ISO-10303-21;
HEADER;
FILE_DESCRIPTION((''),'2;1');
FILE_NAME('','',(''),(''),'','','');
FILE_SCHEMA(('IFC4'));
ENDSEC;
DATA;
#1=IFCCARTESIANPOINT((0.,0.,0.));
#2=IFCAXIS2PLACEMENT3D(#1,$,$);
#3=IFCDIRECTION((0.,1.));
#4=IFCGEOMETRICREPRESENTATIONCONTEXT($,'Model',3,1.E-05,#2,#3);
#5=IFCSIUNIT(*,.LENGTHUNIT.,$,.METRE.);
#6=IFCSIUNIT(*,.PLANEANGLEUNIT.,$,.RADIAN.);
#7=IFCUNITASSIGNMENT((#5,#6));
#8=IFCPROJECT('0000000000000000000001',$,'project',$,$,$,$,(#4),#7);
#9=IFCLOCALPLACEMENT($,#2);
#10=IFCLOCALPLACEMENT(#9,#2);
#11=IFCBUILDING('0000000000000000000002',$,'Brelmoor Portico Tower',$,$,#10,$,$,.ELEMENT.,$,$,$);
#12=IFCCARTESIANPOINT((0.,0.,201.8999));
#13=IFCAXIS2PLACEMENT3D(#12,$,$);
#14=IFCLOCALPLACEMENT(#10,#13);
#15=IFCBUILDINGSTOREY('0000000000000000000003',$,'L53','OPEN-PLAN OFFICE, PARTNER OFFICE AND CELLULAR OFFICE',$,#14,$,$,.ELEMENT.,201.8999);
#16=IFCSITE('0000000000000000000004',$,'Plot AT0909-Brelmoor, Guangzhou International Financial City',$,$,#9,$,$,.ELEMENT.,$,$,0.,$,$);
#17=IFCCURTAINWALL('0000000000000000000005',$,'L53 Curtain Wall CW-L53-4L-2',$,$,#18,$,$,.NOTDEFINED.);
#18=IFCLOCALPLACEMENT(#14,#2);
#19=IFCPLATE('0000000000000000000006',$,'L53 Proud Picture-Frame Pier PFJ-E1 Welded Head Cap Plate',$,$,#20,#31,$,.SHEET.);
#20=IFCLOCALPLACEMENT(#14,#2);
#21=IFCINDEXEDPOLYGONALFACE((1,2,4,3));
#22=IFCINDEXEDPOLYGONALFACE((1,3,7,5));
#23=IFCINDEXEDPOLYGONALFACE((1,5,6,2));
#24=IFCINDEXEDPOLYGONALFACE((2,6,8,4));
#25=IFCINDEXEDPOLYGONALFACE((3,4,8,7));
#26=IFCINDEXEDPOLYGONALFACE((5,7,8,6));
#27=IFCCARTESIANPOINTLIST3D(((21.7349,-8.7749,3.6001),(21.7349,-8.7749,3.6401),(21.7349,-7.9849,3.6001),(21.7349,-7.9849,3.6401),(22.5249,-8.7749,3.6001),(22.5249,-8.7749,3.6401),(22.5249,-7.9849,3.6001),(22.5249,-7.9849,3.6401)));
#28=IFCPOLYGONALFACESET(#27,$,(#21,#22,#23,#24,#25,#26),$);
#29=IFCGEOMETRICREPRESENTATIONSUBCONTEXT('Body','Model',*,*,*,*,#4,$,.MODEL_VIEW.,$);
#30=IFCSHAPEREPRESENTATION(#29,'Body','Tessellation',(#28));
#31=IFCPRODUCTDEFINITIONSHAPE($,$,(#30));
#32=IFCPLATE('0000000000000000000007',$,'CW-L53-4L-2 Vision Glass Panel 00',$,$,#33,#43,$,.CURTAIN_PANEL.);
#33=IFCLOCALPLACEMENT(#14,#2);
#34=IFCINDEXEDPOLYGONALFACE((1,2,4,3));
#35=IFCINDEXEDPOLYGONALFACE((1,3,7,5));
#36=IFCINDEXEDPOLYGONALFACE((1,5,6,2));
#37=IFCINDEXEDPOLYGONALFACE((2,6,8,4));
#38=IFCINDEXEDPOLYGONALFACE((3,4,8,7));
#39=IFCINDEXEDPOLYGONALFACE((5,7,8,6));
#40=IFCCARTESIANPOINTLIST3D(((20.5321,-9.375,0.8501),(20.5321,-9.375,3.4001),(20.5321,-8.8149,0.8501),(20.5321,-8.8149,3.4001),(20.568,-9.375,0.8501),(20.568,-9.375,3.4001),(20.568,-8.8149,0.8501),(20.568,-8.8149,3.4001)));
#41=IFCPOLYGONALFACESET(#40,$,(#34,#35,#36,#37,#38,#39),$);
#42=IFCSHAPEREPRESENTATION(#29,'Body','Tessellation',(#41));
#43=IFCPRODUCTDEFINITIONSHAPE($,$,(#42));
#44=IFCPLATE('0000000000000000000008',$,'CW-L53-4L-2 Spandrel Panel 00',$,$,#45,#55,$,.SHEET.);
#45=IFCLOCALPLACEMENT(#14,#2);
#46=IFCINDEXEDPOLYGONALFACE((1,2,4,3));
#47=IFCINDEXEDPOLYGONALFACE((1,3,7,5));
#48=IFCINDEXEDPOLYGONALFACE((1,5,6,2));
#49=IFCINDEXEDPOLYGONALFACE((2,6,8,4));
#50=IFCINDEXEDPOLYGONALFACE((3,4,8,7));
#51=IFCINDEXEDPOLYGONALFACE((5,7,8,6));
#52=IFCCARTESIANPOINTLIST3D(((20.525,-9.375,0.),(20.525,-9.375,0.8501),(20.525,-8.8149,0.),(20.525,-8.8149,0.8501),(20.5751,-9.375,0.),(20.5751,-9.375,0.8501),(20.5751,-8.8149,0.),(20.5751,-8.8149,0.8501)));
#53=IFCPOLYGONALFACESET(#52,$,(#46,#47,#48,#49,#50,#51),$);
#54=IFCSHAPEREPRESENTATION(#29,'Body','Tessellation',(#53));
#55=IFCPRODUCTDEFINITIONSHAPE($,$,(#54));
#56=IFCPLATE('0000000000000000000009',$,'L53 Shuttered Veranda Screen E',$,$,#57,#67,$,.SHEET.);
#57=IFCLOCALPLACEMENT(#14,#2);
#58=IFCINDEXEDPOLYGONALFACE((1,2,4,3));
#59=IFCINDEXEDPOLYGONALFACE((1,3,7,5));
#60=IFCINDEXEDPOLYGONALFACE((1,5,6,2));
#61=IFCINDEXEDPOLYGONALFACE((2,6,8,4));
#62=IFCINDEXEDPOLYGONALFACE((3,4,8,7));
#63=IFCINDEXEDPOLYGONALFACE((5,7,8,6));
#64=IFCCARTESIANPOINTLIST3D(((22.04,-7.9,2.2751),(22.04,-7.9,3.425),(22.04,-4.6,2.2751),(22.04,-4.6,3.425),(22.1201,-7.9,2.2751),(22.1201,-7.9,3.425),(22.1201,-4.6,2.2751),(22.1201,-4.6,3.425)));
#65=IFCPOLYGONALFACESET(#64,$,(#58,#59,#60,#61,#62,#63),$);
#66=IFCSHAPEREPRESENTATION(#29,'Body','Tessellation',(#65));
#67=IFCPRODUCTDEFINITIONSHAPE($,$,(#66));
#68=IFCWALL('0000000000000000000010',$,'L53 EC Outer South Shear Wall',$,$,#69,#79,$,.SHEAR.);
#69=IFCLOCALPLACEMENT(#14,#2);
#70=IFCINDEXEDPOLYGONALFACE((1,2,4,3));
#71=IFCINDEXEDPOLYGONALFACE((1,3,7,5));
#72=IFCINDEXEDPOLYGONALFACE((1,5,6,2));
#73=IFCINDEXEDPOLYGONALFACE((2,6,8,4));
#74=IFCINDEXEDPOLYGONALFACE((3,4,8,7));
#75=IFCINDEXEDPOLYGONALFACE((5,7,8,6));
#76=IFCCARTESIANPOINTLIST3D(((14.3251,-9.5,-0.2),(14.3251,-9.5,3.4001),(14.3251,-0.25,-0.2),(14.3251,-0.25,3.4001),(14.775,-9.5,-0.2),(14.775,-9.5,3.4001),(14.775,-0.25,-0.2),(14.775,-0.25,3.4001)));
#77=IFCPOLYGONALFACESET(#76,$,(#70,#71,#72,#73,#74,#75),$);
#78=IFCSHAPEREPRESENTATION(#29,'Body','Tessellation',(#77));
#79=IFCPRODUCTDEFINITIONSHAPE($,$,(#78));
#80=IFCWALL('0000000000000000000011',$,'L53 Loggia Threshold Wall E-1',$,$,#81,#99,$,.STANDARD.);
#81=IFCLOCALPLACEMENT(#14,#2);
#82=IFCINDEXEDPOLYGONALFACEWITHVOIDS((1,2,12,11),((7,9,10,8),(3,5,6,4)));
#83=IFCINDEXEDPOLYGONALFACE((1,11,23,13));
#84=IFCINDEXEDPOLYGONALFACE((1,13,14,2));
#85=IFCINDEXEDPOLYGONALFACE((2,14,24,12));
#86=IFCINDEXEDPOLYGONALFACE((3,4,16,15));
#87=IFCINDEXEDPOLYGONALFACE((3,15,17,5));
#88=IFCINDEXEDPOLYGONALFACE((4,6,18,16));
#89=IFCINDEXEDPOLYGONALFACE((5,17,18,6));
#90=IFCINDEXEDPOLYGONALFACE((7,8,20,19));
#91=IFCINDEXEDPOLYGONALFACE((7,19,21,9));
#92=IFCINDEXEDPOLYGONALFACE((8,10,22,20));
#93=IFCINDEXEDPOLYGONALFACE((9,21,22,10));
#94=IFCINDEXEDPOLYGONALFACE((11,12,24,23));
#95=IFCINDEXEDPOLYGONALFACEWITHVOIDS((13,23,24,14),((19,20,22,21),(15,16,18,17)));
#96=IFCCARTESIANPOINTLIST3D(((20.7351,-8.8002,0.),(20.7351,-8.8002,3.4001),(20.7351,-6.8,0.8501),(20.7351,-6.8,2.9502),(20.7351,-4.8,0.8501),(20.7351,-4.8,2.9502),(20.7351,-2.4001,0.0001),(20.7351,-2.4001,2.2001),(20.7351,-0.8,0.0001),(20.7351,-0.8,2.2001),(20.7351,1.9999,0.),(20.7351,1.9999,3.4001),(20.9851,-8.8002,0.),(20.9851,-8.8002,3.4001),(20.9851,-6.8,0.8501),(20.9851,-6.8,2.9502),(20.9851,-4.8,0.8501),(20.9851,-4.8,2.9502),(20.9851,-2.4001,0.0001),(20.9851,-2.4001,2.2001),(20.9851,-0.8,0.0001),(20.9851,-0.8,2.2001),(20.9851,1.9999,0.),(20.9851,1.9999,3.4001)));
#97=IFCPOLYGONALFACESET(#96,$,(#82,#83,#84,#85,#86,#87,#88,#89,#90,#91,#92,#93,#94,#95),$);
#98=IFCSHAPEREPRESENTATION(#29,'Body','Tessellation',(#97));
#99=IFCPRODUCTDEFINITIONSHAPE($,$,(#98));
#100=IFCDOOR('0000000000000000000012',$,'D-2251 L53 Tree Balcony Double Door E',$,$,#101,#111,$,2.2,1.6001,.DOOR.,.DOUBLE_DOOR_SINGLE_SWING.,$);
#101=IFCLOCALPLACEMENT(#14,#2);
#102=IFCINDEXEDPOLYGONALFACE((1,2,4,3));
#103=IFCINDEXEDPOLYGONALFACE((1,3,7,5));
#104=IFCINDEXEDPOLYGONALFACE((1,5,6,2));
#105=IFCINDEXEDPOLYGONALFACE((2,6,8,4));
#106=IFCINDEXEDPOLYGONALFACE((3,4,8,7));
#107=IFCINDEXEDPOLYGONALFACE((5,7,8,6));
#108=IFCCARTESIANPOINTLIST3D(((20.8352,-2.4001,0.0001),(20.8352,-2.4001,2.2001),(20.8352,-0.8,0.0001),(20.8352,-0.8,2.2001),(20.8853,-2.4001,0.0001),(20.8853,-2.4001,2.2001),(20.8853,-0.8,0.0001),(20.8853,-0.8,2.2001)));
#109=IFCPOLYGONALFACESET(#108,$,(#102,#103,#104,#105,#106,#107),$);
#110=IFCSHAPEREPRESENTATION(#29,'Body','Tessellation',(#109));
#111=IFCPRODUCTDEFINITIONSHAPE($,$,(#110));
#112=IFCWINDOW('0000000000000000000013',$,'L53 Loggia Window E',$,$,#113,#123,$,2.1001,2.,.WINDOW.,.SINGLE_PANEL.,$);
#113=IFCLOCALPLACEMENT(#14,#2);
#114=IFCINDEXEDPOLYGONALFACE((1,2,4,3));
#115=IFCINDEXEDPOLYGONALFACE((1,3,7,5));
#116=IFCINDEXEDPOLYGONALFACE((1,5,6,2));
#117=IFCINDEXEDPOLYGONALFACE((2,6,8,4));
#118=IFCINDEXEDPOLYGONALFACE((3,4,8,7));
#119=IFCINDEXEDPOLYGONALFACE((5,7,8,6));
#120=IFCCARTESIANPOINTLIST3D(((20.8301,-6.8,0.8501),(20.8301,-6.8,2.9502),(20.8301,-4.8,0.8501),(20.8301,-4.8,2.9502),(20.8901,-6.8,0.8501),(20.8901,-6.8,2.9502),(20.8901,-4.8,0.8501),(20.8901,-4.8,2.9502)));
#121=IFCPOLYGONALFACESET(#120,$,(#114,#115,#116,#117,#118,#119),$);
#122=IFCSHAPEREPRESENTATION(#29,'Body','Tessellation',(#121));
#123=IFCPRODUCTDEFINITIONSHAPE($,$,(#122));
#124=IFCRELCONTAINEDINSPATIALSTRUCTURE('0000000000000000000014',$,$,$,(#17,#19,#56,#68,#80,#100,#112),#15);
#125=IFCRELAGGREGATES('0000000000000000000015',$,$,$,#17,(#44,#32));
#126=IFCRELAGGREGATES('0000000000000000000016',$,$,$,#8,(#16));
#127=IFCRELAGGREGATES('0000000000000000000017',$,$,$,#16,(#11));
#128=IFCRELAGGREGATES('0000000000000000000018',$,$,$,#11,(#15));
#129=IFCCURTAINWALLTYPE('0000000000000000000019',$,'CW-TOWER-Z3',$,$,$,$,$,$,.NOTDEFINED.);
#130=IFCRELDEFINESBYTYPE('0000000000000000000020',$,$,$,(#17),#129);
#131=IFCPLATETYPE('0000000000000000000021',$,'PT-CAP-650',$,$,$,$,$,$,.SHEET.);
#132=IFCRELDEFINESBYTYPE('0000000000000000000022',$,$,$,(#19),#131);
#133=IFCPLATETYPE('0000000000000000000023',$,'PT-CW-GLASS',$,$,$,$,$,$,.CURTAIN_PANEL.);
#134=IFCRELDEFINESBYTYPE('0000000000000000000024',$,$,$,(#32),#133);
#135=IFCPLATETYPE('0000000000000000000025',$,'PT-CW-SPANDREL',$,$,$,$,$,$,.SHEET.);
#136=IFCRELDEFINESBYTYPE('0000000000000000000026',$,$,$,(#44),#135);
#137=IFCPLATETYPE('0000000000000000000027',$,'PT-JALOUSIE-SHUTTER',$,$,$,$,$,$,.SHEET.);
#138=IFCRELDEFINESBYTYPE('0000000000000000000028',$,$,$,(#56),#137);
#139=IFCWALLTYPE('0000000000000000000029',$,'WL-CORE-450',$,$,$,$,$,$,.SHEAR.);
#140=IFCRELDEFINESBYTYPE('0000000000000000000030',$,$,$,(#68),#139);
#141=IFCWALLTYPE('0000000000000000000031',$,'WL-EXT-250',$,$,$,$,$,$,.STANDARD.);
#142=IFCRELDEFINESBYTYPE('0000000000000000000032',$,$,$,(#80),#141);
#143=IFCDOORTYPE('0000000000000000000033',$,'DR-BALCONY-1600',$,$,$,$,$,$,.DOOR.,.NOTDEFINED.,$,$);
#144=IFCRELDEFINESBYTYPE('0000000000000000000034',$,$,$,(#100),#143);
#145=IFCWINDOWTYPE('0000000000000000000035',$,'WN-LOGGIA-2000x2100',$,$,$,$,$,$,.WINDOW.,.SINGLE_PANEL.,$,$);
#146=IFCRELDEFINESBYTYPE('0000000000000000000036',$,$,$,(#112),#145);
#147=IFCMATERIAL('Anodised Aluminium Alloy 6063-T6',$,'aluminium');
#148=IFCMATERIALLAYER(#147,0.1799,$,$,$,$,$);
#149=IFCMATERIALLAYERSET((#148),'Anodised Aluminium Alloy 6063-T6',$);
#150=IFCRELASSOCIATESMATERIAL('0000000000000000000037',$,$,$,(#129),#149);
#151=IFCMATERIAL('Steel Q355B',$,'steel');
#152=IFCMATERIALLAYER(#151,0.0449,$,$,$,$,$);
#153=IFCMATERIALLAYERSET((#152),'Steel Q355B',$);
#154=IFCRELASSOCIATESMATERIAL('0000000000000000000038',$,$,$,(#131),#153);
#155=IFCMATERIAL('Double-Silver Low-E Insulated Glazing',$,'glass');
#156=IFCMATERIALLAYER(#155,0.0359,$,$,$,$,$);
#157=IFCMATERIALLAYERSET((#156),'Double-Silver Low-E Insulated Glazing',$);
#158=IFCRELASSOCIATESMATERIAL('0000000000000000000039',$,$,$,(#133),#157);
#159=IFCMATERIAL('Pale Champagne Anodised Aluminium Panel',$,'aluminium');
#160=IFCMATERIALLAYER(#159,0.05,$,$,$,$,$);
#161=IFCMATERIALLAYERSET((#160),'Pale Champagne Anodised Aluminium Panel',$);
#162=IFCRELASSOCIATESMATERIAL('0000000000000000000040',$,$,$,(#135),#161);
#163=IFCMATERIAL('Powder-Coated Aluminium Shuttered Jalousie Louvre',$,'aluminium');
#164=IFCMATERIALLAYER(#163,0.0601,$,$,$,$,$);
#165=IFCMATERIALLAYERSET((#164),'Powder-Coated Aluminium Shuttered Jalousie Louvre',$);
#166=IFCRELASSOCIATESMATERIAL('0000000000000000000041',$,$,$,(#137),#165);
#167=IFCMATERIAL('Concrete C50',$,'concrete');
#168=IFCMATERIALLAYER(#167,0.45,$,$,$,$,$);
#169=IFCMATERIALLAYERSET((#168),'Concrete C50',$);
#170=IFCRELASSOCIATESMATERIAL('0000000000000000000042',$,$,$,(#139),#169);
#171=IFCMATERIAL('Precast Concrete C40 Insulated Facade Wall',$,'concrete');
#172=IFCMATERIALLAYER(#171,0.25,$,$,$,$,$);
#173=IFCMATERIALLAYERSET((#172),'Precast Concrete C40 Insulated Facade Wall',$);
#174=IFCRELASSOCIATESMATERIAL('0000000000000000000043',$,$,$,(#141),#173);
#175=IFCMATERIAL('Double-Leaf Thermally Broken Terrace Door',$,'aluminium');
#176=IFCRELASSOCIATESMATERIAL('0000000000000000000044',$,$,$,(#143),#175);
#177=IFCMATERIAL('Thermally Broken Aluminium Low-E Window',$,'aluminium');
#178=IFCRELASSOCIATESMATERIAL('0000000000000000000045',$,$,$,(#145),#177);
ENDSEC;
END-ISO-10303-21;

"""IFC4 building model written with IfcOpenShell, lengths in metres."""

from ifc_helpers import new_model, si_unit, direction, frame, frame_2d, origin, origin_2d, place, context, subcontext, project, spatial, rectangle, extrude, material, layer, layer_set, type_object, element, fill, aggregate, save


model = new_model("IFC4")

# Units and contexts
model_context = context("Model", 3, precision=1e-05, world=origin(), true_north=direction((0.0, 1.0)))
body_context = subcontext(model_context, "Body", "Model", "MODEL_VIEW")
ifc_project = project(units=[si_unit("LENGTHUNIT", "METRE"), si_unit("PLANEANGLEUNIT", "RADIAN")], contexts=[model_context])

# Site, building, storey
site_placement = place(None, origin())
site = spatial("IfcSite", under=ifc_project, at=site_placement, Name="Plot AT0909-Brelmoor, Guangzhou International Financial City", CompositionType="ELEMENT", RefElevation=0.0)
building_placement = place(site_placement, origin())
building = spatial("IfcBuilding", under=site, at=building_placement, Name="Brelmoor Portico Tower", CompositionType="ELEMENT")
storey_placement = place(building_placement, frame((0.0, 0.0, 201.8999)))
storey = spatial("IfcBuildingStorey", under=building, at=storey_placement, Name="L53", Description="OPEN-PLAN OFFICE, PARTNER OFFICE AND CELLULAR OFFICE", CompositionType="ELEMENT", Elevation=201.8999)

# Shared definitions
ifc_material_1 = material(Name="Steel Q355B", Category="steel")

# Curtain wall
ifc_material_2 = material(Name="Anodised Aluminium Alloy 6063-T6", Category="aluminium")
ifc_layer_1 = layer(ifc_material_2, 0.1799)
ifc_layer_set_1 = layer_set([ifc_layer_1], Name="Anodised Aluminium Alloy 6063-T6")
curtain_wall_type = type_object("IfcCurtainWallType", Name="CW-TOWER-Z3", PredefinedType="NOTDEFINED", material=ifc_layer_set_1)
curtain_wall_placement = place(storey_placement, origin())
curtain_wall = element("IfcCurtainWall", 1, at=curtain_wall_placement, inside=storey, type_object=curtain_wall_type, Name="L53 Curtain Wall CW-L53-4L-2", PredefinedType="NOTDEFINED")

# Plates
ifc_layer_2 = layer(ifc_material_1, 0.0449)
ifc_layer_set_2 = layer_set([ifc_layer_2], Name="Steel Q355B")
plate_type_1 = type_object("IfcPlateType", Name="PT-CAP-650", PredefinedType="SHEET", material=ifc_layer_set_2)
plate_1_placement = place(storey_placement, frame((22.1299, -8.3799, 3.6001), z_axis=(0.0, 0.0, 1.0), x_axis=(0.0, 1.0, 0.0)))
element("IfcPlate", 2, at=plate_1_placement, inside=storey, type_object=plate_type_1, Name="L53 Proud Picture-Frame Pier PFJ-E1 Welded Head Cap Plate", PredefinedType="SHEET", context=body_context, shape_type="SweptSolid", body=[
    extrude(rectangle(XDim=0.79, YDim=0.79, at=origin_2d()), origin(), (0.0, 0.0, 1.0), 0.04),
])
ifc_material_3 = material(Name="Double-Silver Low-E Insulated Glazing", Category="glass")
ifc_layer_3 = layer(ifc_material_3, 0.0359)
ifc_layer_set_3 = layer_set([ifc_layer_3], Name="Double-Silver Low-E Insulated Glazing")
plate_type_2 = type_object("IfcPlateType", Name="PT-CW-GLASS", PredefinedType="CURTAIN_PANEL", material=ifc_layer_set_3)
plate_2_placement = place(storey_placement, frame((20.55, -9.095, 0.8501), z_axis=(0.0, 0.0, 1.0), x_axis=(0.0, 1.0, 0.0)))
plate_2 = element("IfcPlate", 3, at=plate_2_placement, type_object=plate_type_2, Name="CW-L53-4L-2 Vision Glass Panel 00", PredefinedType="CURTAIN_PANEL", context=body_context, shape_type="SweptSolid", body=[
    extrude(rectangle(XDim=0.5601, YDim=0.0359, at=origin_2d()), origin(), (0.0, 0.0, 1.0), 2.55),
])
ifc_material_4 = material(Name="Pale Champagne Anodised Aluminium Panel", Category="aluminium")
ifc_layer_4 = layer(ifc_material_4, 0.05)
ifc_layer_set_4 = layer_set([ifc_layer_4], Name="Pale Champagne Anodised Aluminium Panel")
plate_type_3 = type_object("IfcPlateType", Name="PT-CW-SPANDREL", PredefinedType="SHEET", material=ifc_layer_set_4)
plate_3_placement = place(storey_placement, frame((20.55, -9.095, 0.0), z_axis=(0.0, 0.0, 1.0), x_axis=(0.0, 1.0, 0.0)))
plate_3 = element("IfcPlate", 4, at=plate_3_placement, type_object=plate_type_3, Name="CW-L53-4L-2 Spandrel Panel 00", PredefinedType="SHEET", context=body_context, shape_type="SweptSolid", body=[
    extrude(rectangle(XDim=0.5601, YDim=0.05, at=origin_2d()), origin(), (0.0, 0.0, 1.0), 0.8501),
])
aggregate(curtain_wall, [plate_3, plate_2])
ifc_material_5 = material(Name="Powder-Coated Aluminium Shuttered Jalousie Louvre", Category="aluminium")
ifc_layer_5 = layer(ifc_material_5, 0.0601)
ifc_layer_set_5 = layer_set([ifc_layer_5], Name="Powder-Coated Aluminium Shuttered Jalousie Louvre")
plate_type_4 = type_object("IfcPlateType", Name="PT-JALOUSIE-SHUTTER", PredefinedType="SHEET", material=ifc_layer_set_5)
plate_4_placement = place(storey_placement, frame((22.0801, -6.25, 2.2751), z_axis=(0.0, 0.0, 1.0), x_axis=(0.0, 1.0, 0.0)))
element("IfcPlate", 5, at=plate_4_placement, inside=storey, type_object=plate_type_4, Name="L53 Shuttered Veranda Screen E", PredefinedType="SHEET", context=body_context, shape_type="SweptSolid", body=[
    extrude(rectangle(XDim=3.3, YDim=0.0801, at=origin_2d()), origin(), (0.0, 0.0, 1.0), 1.1499),
])

# Wall
ifc_material_6 = material(Name="Concrete C50", Category="concrete")
ifc_layer_6 = layer(ifc_material_6, 0.45)
ifc_layer_set_6 = layer_set([ifc_layer_6], Name="Concrete C50")
wall_type_1 = type_object("IfcWallType", Name="WL-CORE-450", PredefinedType="SHEAR", material=ifc_layer_set_6)
wall_1_placement = place(storey_placement, frame((14.55, -9.5, -0.2), z_axis=(0.0, 0.0, 1.0), x_axis=(0.0, 1.0, 0.0)))
element("IfcWall", 6, at=wall_1_placement, inside=storey, type_object=wall_type_1, Name="L53 EC Outer South Shear Wall", PredefinedType="SHEAR", context=body_context, shape_type="SweptSolid", body=[
    extrude(rectangle(XDim=9.25, YDim=0.45, at=frame_2d((4.625, 0.0))), origin(), (0.0, 0.0, 1.0), 3.6001),
])

# Wall, openings, door, window
ifc_material_7 = material(Name="Precast Concrete C40 Insulated Facade Wall", Category="concrete")
ifc_layer_7 = layer(ifc_material_7, 0.25)
ifc_layer_set_7 = layer_set([ifc_layer_7], Name="Precast Concrete C40 Insulated Facade Wall")
wall_type_2 = type_object("IfcWallType", Name="WL-EXT-250", PredefinedType="STANDARD", material=ifc_layer_set_7)
wall_2_placement = place(storey_placement, frame((20.8601, -8.8, 0.0), z_axis=(0.0, 0.0, 1.0), x_axis=(0.0, 1.0, 0.0)))
wall_2 = element("IfcWall", 7, at=wall_2_placement, inside=storey, type_object=wall_type_2, Name="L53 Loggia Threshold Wall E-1", PredefinedType="STANDARD", context=body_context, shape_type="SweptSolid", body=[
    extrude(rectangle(XDim=10.8, YDim=0.25, at=frame_2d((5.3999, 0.0))), origin(), (0.0, 0.0, 1.0), 3.4001),
])
opening_1_placement = place(wall_2_placement, frame((6.3999, 0.0, 0.0)))
opening_1 = element("IfcOpeningElement", 8, at=opening_1_placement, cuts=wall_2, PredefinedType="OPENING", context=body_context, shape_type="SweptSolid", body=[
    extrude(rectangle(XDim=1.6001, YDim=2.2, at=frame_2d((0.8, 1.1001))), frame((0.0, 0.135, 0.0), z_axis=(0.0, -1.0, 0.0), x_axis=(1.0, 0.0, 0.0)), (0.0, 0.0, 1.0), 0.27),
])
opening_2_placement = place(wall_2_placement, frame((2.0, 0.0, 0.8501)))
opening_2 = element("IfcOpeningElement", 9, at=opening_2_placement, cuts=wall_2, PredefinedType="OPENING", context=body_context, shape_type="SweptSolid", body=[
    extrude(rectangle(XDim=2.0, YDim=2.1001, at=frame_2d((1.0, 1.05))), frame((0.0, 0.135, 0.0), z_axis=(0.0, -1.0, 0.0), x_axis=(1.0, 0.0, 0.0)), (0.0, 0.0, 1.0), 0.27),
])
ifc_material_8 = material(Name="Double-Leaf Thermally Broken Terrace Door", Category="aluminium")
door_type = type_object("IfcDoorType", Name="DR-BALCONY-1600", OperationType="NOTDEFINED", PredefinedType="DOOR", material=ifc_material_8)
door_placement = place(opening_1_placement, origin())
door = element("IfcDoor", 10, at=door_placement, inside=storey, type_object=door_type, Name="D-2251 L53 Tree Balcony Double Door E", OperationType="DOUBLE_DOOR_SINGLE_SWING", OverallHeight=2.2, OverallWidth=1.6001, PredefinedType="DOOR", context=body_context, shape_type="SweptSolid", body=[
    extrude(rectangle(XDim=1.6001, YDim=2.2, at=frame_2d((0.8, 1.1001))), frame((0.0, 0.0249, 0.0), z_axis=(0.0, -1.0, 0.0), x_axis=(1.0, 0.0, 0.0)), (0.0, 0.0, 1.0), 0.05),
])
fill(opening_1, door)
ifc_material_9 = material(Name="Thermally Broken Aluminium Low-E Window", Category="aluminium")
window_type = type_object("IfcWindowType", Name="WN-LOGGIA-2000x2100", PartitioningType="SINGLE_PANEL", PredefinedType="WINDOW", material=ifc_material_9)
window_placement = place(opening_2_placement, origin())
window = element("IfcWindow", 11, at=window_placement, inside=storey, type_object=window_type, Name="L53 Loggia Window E", OverallHeight=2.1001, OverallWidth=2.0, PartitioningType="SINGLE_PANEL", PredefinedType="WINDOW", context=body_context, shape_type="SweptSolid", body=[
    extrude(rectangle(XDim=2.0, YDim=2.1001, at=frame_2d((1.0, 1.05))), frame((0.0, 0.03, 0.0), z_axis=(0.0, -1.0, 0.0), x_axis=(1.0, 0.0, 0.0)), (0.0, 0.0, 1.0), 0.0601),
])
fill(opening_2, window)

save(model, "model.ifc")
